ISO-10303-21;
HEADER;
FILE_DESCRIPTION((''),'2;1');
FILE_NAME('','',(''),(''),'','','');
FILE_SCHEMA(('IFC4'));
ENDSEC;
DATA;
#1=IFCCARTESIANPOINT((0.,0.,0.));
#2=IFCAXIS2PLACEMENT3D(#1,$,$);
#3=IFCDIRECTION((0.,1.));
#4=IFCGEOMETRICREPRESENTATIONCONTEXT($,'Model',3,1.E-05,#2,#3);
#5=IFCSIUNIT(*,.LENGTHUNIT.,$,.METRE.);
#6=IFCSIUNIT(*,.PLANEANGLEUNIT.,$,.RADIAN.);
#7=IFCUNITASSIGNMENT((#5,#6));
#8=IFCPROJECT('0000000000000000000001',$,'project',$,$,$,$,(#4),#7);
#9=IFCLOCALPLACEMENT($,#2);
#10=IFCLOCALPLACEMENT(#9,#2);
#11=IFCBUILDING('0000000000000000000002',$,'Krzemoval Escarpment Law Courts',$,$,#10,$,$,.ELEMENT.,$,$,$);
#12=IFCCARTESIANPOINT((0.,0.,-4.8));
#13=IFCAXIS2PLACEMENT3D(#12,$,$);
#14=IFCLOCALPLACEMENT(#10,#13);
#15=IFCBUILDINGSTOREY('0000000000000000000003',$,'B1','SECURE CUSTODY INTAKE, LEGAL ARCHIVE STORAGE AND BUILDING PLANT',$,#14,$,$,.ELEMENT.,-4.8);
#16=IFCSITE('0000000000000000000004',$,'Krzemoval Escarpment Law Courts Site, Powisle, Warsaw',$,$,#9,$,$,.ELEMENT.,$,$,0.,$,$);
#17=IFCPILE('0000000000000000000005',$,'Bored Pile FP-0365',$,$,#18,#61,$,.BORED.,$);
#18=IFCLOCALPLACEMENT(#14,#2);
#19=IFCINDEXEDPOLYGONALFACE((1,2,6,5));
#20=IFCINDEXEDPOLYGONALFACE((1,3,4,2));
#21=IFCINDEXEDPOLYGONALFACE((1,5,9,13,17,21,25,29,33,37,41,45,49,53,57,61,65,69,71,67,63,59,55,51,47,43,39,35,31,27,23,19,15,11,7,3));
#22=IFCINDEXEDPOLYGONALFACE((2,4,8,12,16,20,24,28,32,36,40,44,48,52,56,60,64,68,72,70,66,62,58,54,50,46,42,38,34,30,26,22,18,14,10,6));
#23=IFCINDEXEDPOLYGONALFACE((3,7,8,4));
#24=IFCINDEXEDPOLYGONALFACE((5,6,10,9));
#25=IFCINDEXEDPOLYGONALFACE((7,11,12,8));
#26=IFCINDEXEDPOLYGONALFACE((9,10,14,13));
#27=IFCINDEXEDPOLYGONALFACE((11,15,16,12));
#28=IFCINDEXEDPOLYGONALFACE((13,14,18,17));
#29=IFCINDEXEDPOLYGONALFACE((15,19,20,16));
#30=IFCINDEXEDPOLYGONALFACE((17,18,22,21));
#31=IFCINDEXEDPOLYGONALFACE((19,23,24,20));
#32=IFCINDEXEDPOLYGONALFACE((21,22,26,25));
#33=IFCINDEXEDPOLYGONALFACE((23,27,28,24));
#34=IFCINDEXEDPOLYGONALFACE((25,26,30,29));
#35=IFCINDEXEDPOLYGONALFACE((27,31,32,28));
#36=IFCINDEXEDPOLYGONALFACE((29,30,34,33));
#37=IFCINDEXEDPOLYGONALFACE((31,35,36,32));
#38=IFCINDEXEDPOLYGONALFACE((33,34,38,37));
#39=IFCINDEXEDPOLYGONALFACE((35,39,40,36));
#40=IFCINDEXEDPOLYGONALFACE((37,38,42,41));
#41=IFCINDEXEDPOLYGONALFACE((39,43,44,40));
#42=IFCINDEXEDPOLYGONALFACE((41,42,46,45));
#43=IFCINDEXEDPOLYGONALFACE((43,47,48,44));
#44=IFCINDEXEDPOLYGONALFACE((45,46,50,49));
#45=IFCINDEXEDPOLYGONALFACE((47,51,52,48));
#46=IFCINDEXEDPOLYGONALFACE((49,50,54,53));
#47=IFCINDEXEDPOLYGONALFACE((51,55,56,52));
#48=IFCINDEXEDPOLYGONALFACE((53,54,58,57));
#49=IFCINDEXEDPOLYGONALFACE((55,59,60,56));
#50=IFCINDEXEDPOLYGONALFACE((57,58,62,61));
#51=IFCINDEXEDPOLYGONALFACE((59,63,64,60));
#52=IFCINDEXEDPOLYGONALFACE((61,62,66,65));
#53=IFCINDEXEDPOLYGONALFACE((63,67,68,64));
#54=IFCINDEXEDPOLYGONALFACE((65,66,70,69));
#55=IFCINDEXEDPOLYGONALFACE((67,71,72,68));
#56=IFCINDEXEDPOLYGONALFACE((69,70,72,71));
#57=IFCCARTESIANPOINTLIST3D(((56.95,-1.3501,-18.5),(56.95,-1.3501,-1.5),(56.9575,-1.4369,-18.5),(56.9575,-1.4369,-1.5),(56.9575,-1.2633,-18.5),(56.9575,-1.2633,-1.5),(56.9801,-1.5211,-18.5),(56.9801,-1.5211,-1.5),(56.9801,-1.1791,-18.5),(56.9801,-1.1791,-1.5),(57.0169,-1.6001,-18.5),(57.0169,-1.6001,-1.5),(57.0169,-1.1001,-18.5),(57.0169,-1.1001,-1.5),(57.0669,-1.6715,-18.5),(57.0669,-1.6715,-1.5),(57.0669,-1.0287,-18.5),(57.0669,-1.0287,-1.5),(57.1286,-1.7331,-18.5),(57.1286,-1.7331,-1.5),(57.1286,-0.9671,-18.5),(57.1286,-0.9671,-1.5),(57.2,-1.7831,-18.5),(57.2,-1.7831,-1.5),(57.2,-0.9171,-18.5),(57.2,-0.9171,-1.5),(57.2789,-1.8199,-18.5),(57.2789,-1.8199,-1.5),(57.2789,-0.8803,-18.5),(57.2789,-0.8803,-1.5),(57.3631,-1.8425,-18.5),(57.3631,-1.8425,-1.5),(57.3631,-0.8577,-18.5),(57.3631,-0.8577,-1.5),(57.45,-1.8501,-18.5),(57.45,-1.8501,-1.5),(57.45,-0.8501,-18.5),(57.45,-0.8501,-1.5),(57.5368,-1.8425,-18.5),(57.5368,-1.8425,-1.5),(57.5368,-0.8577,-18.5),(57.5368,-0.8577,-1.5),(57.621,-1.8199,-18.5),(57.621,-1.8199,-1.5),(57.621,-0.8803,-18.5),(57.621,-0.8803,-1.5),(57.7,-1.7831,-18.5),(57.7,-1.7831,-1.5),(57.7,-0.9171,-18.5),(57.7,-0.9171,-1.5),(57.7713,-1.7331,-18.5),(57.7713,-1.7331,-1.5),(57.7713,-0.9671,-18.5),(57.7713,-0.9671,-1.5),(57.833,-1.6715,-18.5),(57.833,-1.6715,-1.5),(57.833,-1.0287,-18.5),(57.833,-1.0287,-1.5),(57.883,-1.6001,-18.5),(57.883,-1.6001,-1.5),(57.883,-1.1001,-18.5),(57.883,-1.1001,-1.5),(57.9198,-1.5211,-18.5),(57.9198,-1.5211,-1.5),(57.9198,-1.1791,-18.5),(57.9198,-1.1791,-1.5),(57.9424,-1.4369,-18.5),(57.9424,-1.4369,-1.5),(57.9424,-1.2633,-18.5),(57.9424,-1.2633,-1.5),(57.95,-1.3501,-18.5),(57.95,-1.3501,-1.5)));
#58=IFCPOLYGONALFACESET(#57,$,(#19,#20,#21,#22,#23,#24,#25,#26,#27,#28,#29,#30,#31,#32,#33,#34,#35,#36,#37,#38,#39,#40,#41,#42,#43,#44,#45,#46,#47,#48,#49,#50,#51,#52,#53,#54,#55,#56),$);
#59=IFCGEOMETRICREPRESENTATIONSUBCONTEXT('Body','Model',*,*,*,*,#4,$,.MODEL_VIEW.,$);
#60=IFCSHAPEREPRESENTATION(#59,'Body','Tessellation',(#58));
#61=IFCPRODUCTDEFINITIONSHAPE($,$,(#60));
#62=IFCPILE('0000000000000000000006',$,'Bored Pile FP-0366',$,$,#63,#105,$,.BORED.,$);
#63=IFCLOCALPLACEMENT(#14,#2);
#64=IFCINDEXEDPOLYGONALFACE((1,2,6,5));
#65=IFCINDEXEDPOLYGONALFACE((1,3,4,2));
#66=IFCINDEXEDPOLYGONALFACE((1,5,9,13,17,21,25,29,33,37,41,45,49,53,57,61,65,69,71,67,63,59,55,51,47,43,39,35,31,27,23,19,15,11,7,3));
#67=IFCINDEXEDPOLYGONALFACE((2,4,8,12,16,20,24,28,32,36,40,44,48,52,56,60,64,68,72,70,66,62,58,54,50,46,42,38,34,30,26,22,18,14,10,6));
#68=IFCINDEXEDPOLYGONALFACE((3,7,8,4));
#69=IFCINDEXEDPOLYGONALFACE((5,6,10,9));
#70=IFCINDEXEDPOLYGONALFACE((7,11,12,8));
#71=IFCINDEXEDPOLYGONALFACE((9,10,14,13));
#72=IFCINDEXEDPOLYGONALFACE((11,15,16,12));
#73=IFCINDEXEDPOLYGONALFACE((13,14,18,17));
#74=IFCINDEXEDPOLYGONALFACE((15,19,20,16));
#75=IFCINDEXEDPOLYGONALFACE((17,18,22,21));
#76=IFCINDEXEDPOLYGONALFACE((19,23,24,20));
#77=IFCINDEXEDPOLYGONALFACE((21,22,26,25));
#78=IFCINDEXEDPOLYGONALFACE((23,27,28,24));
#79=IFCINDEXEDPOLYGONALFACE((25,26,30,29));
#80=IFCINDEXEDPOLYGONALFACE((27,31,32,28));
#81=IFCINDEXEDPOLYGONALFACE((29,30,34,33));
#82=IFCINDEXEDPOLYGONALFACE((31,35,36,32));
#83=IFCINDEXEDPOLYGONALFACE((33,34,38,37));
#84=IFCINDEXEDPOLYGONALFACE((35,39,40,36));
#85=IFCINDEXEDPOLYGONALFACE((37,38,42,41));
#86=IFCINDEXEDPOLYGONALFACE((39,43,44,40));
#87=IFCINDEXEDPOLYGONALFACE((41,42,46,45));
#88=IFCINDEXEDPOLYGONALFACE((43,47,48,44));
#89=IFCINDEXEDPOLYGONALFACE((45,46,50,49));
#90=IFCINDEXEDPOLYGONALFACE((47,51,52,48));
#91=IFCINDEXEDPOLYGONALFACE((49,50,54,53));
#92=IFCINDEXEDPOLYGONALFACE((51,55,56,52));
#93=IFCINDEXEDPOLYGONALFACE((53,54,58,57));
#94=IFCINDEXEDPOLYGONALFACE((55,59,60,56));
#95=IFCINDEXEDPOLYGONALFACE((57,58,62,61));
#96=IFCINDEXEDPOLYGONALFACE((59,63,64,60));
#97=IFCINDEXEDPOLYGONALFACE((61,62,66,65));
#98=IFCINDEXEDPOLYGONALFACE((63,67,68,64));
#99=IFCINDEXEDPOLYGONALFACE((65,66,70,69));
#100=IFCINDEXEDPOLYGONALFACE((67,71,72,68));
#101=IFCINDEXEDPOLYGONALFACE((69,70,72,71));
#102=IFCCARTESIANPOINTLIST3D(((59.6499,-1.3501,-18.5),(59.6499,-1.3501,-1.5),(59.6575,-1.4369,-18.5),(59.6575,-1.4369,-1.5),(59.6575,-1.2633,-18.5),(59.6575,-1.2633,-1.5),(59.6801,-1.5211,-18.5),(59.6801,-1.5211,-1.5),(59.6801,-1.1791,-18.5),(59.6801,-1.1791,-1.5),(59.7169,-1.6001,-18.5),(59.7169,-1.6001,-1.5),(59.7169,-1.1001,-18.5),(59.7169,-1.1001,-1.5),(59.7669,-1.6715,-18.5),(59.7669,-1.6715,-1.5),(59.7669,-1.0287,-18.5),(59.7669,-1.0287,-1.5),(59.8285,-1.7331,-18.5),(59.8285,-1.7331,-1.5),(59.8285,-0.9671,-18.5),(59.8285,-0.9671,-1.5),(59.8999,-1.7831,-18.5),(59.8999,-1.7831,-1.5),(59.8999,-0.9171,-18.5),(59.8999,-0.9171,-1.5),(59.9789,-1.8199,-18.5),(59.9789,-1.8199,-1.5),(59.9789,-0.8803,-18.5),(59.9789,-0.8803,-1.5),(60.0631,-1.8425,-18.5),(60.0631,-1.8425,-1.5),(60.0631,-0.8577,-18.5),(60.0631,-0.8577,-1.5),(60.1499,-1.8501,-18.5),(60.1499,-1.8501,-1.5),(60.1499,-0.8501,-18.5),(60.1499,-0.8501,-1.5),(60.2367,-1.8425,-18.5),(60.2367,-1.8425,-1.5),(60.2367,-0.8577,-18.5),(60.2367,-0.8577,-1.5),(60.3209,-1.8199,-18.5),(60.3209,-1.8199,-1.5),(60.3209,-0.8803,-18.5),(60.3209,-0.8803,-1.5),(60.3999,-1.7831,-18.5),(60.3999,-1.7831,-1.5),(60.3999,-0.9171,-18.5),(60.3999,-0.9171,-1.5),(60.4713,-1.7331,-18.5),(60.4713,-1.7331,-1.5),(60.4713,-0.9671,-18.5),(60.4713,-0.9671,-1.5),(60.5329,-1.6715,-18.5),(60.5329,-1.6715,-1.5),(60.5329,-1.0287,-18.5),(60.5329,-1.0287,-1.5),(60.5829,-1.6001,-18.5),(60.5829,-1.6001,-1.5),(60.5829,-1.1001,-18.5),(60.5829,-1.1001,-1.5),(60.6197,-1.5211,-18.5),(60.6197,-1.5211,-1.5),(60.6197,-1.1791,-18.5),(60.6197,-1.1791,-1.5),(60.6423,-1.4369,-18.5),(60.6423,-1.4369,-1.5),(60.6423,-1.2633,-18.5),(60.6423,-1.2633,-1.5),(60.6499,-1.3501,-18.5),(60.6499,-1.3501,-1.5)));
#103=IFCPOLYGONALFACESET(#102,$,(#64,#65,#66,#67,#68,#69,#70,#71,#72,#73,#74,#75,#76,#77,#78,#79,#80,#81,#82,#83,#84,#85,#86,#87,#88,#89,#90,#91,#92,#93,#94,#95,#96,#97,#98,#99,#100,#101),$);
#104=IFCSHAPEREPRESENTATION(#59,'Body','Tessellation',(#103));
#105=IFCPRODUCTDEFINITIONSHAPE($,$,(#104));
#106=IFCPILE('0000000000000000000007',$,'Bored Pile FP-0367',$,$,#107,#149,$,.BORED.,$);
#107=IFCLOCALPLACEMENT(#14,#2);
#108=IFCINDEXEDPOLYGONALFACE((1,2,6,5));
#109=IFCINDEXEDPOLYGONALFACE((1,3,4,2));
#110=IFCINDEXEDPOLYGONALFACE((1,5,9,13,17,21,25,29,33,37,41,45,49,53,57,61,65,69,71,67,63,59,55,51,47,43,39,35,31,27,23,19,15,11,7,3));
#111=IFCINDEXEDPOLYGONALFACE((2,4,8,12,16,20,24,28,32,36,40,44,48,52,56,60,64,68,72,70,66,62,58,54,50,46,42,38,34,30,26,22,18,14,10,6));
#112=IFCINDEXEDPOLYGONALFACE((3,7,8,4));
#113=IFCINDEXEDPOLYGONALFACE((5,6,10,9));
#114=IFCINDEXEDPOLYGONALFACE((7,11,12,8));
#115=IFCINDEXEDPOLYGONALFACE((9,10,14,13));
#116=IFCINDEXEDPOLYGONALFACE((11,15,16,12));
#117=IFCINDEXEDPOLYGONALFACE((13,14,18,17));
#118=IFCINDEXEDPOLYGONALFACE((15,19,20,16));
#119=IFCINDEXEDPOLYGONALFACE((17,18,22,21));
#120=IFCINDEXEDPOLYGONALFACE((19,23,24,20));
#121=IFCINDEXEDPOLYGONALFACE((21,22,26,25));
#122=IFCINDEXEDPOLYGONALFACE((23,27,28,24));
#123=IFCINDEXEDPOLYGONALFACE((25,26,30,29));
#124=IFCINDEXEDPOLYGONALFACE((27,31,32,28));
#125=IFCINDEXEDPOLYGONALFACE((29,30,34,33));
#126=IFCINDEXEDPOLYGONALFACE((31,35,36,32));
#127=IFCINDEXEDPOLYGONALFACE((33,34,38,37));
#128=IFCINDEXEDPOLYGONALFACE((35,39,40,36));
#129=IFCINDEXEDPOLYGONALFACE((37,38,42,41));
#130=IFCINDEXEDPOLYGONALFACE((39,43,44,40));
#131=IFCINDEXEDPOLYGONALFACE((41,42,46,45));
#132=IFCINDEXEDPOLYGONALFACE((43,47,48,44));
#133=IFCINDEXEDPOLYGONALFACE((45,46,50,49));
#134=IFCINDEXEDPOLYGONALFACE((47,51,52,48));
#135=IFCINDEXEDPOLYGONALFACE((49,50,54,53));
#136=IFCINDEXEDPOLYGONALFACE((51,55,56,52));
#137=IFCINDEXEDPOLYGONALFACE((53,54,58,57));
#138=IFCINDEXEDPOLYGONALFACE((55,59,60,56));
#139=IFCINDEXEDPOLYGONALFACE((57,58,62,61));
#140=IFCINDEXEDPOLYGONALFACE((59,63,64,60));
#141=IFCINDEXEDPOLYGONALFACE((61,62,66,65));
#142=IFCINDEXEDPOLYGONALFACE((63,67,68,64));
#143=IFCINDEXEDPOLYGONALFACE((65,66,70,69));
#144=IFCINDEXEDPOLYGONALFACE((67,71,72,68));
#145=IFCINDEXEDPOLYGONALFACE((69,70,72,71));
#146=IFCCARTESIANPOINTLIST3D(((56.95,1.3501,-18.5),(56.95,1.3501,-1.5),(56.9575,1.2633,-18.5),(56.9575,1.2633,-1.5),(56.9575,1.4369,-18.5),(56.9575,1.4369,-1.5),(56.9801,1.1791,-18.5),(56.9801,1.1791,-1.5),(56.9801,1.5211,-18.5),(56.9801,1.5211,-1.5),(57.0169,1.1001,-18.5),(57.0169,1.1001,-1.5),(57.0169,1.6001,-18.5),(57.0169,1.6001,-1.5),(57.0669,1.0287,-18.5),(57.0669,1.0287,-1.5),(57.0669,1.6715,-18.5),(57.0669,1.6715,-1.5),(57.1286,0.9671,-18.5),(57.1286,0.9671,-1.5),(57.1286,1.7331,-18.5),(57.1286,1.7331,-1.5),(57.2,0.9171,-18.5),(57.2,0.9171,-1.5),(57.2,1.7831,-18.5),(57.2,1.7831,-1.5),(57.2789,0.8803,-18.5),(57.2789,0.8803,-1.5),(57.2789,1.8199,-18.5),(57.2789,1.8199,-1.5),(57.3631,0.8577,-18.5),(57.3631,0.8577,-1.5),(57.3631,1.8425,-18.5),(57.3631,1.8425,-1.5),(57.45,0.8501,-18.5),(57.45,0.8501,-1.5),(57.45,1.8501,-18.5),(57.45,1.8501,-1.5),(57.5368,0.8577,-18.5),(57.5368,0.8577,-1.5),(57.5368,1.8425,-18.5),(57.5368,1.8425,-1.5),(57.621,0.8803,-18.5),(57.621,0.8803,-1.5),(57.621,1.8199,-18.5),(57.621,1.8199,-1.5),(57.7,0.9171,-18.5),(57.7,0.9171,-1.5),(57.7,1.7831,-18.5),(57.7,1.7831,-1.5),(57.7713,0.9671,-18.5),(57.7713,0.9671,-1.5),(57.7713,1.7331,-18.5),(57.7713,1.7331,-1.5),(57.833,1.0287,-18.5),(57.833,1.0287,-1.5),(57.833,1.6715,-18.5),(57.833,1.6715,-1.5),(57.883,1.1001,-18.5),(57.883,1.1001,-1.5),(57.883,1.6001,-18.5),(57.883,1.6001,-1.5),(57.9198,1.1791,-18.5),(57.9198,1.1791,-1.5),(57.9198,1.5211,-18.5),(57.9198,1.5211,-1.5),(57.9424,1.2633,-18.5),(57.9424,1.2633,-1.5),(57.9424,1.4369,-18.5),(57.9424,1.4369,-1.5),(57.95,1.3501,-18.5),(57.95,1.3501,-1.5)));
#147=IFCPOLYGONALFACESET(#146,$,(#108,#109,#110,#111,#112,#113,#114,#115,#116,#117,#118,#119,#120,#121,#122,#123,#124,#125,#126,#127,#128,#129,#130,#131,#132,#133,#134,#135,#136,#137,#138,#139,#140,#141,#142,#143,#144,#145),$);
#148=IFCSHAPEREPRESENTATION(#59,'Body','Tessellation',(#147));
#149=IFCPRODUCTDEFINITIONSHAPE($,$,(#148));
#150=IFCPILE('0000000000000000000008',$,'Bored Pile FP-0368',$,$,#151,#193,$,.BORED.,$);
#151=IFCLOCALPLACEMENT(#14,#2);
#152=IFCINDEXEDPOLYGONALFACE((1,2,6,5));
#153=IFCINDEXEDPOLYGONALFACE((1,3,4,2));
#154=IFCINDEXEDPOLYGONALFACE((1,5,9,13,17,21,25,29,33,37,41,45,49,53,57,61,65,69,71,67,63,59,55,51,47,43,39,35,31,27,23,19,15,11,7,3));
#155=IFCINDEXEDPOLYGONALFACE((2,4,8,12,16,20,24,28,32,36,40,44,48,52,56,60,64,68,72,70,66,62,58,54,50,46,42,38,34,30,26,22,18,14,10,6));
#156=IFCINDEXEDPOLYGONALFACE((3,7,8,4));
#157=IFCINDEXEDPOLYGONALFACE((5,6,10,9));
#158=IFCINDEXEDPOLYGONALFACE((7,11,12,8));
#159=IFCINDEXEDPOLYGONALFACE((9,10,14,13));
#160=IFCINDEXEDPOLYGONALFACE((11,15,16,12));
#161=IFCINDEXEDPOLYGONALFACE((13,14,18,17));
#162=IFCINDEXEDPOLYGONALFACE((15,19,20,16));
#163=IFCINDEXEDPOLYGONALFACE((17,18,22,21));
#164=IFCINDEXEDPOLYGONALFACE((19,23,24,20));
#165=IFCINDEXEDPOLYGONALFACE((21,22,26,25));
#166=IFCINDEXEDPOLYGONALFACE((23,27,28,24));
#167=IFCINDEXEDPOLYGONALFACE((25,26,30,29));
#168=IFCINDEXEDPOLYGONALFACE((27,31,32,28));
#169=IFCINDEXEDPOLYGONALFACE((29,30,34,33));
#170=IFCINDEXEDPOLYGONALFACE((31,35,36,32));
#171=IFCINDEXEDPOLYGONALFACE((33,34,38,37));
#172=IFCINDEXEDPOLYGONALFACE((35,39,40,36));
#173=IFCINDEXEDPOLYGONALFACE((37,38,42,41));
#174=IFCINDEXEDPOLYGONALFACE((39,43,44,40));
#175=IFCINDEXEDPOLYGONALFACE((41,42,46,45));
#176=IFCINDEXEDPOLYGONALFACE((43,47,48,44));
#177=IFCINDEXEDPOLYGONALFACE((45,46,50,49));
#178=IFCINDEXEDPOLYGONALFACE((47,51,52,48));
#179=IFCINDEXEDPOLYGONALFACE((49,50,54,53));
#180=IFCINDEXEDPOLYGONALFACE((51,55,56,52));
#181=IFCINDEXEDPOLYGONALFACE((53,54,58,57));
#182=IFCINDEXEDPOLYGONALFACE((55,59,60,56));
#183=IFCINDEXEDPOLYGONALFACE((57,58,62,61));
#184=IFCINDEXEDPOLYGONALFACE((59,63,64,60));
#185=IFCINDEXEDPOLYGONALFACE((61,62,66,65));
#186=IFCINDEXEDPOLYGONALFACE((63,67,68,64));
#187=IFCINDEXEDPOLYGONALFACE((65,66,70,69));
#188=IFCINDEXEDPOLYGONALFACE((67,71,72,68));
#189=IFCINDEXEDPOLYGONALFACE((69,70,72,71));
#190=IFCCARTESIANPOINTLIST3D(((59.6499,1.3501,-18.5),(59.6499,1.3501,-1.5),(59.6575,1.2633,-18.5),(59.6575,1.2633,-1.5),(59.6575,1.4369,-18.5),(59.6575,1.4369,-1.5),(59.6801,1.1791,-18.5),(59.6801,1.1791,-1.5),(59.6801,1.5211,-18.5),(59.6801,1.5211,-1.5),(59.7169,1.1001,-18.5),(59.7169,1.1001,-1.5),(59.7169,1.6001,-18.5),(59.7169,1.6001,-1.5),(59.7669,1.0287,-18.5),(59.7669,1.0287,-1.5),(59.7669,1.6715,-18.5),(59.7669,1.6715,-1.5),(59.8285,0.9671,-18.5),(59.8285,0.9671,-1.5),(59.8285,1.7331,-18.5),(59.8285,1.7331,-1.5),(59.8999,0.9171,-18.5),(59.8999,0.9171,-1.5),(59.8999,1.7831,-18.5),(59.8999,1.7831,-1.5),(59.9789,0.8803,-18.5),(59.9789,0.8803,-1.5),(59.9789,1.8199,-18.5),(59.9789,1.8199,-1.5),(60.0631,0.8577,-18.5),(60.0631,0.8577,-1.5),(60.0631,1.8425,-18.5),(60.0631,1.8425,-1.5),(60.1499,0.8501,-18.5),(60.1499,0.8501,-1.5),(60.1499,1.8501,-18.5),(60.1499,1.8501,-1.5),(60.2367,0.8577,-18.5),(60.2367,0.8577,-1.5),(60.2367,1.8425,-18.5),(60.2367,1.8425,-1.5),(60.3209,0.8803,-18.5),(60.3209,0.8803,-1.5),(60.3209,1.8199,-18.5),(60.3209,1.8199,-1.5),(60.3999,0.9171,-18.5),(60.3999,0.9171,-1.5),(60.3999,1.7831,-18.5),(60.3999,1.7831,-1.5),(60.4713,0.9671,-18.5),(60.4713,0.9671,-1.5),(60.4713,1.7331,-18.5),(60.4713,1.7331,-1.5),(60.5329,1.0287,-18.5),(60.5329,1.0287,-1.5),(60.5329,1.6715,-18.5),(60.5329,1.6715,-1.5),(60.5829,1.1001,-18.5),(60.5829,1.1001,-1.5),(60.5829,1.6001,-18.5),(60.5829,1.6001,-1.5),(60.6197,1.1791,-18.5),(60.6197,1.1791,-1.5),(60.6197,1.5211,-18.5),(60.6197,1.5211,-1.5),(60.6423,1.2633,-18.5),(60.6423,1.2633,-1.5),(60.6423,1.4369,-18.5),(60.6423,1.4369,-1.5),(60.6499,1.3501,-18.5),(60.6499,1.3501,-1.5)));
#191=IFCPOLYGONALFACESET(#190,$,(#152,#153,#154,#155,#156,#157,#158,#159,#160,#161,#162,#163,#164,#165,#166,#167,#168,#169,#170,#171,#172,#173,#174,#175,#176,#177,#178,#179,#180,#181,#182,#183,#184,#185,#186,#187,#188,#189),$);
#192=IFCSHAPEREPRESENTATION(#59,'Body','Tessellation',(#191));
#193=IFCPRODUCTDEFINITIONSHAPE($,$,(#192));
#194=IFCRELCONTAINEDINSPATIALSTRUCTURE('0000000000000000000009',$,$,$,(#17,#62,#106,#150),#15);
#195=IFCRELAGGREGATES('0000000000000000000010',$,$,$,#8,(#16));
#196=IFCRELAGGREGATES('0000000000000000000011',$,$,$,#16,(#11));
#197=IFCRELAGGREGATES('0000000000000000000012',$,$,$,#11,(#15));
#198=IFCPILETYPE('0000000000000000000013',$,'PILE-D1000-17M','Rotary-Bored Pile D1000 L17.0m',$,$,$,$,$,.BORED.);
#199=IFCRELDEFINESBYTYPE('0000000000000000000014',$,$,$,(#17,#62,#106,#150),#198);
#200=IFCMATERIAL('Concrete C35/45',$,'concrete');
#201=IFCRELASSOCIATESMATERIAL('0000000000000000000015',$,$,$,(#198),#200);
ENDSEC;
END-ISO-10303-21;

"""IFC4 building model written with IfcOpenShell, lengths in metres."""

from ifc_helpers import new_model, si_unit, direction, frame, origin, origin_2d, place, context, subcontext, project, spatial, circle, extrude, material, material_profile, profile_set, type_object, element, save


model = new_model("IFC4")

# Units and contexts
model_context = context("Model", 3, precision=1e-05, world=origin(), true_north=direction((0.0, 1.0)))
body_context = subcontext(model_context, "Body", "Model", "MODEL_VIEW")
ifc_project = project(units=[si_unit("LENGTHUNIT", "METRE"), si_unit("PLANEANGLEUNIT", "RADIAN")], contexts=[model_context])

# Site, building, storey
site_placement = place(None, origin())
site = spatial("IfcSite", under=ifc_project, at=site_placement, Name="Krzemoval Escarpment Law Courts Site, Powisle, Warsaw", CompositionType="ELEMENT", RefElevation=0.0)
building_placement = place(site_placement, origin())
building = spatial("IfcBuilding", under=site, at=building_placement, Name="Krzemoval Escarpment Law Courts", CompositionType="ELEMENT")
storey_placement = place(building_placement, frame((0.0, 0.0, -4.8)))
storey = spatial("IfcBuildingStorey", under=building, at=storey_placement, Name="B1", Description="SECURE CUSTODY INTAKE, LEGAL ARCHIVE STORAGE AND BUILDING PLANT", CompositionType="ELEMENT", Elevation=-4.8)

# Piles
ifc_material_1 = material(Name="Concrete C35/45", Category="concrete")
ifc_material_profile_1 = material_profile(ifc_material_1, circle(Radius=0.5, at=origin_2d()), Name="PILE D1000")
ifc_profile_set_1 = profile_set([ifc_material_profile_1], Name="Concrete C35/45")
pile_type = type_object("IfcPileType", Name="PILE-D1000-17M", Description="Rotary-Bored Pile D1000 L17.0m", PredefinedType="BORED", material=ifc_profile_set_1)
for number, where, z_axis, x_axis, name in (
    (1, (57.45, -1.3501, -1.5), (0.0, 0.0, -1.0), (1.0, 0.0, 0.0), "Bored Pile FP-0365"),
    (2, (60.1499, -1.3501, -1.5), (0.0, 0.0, -1.0), (1.0, 0.0, 0.0), "Bored Pile FP-0366"),
    (3, (57.45, 1.3501, -1.5), (0.0, 0.0, -1.0), (1.0, 0.0, 0.0), "Bored Pile FP-0367"),
    (4, (60.1499, 1.3501, -1.5), (0.0, 0.0, -1.0), (1.0, 0.0, 0.0), "Bored Pile FP-0368"),
):
    element("IfcPile", number, at=place(storey_placement, frame(where, z_axis=z_axis, x_axis=x_axis)), inside=storey, type_object=pile_type, Name=name, PredefinedType="BORED", context=body_context, shape_type="SweptSolid", body=[
        extrude(circle(Radius=0.5, at=origin_2d()), origin(), (0.0, 0.0, 1.0), 17.0),
    ])

save(model, "model.ifc")
